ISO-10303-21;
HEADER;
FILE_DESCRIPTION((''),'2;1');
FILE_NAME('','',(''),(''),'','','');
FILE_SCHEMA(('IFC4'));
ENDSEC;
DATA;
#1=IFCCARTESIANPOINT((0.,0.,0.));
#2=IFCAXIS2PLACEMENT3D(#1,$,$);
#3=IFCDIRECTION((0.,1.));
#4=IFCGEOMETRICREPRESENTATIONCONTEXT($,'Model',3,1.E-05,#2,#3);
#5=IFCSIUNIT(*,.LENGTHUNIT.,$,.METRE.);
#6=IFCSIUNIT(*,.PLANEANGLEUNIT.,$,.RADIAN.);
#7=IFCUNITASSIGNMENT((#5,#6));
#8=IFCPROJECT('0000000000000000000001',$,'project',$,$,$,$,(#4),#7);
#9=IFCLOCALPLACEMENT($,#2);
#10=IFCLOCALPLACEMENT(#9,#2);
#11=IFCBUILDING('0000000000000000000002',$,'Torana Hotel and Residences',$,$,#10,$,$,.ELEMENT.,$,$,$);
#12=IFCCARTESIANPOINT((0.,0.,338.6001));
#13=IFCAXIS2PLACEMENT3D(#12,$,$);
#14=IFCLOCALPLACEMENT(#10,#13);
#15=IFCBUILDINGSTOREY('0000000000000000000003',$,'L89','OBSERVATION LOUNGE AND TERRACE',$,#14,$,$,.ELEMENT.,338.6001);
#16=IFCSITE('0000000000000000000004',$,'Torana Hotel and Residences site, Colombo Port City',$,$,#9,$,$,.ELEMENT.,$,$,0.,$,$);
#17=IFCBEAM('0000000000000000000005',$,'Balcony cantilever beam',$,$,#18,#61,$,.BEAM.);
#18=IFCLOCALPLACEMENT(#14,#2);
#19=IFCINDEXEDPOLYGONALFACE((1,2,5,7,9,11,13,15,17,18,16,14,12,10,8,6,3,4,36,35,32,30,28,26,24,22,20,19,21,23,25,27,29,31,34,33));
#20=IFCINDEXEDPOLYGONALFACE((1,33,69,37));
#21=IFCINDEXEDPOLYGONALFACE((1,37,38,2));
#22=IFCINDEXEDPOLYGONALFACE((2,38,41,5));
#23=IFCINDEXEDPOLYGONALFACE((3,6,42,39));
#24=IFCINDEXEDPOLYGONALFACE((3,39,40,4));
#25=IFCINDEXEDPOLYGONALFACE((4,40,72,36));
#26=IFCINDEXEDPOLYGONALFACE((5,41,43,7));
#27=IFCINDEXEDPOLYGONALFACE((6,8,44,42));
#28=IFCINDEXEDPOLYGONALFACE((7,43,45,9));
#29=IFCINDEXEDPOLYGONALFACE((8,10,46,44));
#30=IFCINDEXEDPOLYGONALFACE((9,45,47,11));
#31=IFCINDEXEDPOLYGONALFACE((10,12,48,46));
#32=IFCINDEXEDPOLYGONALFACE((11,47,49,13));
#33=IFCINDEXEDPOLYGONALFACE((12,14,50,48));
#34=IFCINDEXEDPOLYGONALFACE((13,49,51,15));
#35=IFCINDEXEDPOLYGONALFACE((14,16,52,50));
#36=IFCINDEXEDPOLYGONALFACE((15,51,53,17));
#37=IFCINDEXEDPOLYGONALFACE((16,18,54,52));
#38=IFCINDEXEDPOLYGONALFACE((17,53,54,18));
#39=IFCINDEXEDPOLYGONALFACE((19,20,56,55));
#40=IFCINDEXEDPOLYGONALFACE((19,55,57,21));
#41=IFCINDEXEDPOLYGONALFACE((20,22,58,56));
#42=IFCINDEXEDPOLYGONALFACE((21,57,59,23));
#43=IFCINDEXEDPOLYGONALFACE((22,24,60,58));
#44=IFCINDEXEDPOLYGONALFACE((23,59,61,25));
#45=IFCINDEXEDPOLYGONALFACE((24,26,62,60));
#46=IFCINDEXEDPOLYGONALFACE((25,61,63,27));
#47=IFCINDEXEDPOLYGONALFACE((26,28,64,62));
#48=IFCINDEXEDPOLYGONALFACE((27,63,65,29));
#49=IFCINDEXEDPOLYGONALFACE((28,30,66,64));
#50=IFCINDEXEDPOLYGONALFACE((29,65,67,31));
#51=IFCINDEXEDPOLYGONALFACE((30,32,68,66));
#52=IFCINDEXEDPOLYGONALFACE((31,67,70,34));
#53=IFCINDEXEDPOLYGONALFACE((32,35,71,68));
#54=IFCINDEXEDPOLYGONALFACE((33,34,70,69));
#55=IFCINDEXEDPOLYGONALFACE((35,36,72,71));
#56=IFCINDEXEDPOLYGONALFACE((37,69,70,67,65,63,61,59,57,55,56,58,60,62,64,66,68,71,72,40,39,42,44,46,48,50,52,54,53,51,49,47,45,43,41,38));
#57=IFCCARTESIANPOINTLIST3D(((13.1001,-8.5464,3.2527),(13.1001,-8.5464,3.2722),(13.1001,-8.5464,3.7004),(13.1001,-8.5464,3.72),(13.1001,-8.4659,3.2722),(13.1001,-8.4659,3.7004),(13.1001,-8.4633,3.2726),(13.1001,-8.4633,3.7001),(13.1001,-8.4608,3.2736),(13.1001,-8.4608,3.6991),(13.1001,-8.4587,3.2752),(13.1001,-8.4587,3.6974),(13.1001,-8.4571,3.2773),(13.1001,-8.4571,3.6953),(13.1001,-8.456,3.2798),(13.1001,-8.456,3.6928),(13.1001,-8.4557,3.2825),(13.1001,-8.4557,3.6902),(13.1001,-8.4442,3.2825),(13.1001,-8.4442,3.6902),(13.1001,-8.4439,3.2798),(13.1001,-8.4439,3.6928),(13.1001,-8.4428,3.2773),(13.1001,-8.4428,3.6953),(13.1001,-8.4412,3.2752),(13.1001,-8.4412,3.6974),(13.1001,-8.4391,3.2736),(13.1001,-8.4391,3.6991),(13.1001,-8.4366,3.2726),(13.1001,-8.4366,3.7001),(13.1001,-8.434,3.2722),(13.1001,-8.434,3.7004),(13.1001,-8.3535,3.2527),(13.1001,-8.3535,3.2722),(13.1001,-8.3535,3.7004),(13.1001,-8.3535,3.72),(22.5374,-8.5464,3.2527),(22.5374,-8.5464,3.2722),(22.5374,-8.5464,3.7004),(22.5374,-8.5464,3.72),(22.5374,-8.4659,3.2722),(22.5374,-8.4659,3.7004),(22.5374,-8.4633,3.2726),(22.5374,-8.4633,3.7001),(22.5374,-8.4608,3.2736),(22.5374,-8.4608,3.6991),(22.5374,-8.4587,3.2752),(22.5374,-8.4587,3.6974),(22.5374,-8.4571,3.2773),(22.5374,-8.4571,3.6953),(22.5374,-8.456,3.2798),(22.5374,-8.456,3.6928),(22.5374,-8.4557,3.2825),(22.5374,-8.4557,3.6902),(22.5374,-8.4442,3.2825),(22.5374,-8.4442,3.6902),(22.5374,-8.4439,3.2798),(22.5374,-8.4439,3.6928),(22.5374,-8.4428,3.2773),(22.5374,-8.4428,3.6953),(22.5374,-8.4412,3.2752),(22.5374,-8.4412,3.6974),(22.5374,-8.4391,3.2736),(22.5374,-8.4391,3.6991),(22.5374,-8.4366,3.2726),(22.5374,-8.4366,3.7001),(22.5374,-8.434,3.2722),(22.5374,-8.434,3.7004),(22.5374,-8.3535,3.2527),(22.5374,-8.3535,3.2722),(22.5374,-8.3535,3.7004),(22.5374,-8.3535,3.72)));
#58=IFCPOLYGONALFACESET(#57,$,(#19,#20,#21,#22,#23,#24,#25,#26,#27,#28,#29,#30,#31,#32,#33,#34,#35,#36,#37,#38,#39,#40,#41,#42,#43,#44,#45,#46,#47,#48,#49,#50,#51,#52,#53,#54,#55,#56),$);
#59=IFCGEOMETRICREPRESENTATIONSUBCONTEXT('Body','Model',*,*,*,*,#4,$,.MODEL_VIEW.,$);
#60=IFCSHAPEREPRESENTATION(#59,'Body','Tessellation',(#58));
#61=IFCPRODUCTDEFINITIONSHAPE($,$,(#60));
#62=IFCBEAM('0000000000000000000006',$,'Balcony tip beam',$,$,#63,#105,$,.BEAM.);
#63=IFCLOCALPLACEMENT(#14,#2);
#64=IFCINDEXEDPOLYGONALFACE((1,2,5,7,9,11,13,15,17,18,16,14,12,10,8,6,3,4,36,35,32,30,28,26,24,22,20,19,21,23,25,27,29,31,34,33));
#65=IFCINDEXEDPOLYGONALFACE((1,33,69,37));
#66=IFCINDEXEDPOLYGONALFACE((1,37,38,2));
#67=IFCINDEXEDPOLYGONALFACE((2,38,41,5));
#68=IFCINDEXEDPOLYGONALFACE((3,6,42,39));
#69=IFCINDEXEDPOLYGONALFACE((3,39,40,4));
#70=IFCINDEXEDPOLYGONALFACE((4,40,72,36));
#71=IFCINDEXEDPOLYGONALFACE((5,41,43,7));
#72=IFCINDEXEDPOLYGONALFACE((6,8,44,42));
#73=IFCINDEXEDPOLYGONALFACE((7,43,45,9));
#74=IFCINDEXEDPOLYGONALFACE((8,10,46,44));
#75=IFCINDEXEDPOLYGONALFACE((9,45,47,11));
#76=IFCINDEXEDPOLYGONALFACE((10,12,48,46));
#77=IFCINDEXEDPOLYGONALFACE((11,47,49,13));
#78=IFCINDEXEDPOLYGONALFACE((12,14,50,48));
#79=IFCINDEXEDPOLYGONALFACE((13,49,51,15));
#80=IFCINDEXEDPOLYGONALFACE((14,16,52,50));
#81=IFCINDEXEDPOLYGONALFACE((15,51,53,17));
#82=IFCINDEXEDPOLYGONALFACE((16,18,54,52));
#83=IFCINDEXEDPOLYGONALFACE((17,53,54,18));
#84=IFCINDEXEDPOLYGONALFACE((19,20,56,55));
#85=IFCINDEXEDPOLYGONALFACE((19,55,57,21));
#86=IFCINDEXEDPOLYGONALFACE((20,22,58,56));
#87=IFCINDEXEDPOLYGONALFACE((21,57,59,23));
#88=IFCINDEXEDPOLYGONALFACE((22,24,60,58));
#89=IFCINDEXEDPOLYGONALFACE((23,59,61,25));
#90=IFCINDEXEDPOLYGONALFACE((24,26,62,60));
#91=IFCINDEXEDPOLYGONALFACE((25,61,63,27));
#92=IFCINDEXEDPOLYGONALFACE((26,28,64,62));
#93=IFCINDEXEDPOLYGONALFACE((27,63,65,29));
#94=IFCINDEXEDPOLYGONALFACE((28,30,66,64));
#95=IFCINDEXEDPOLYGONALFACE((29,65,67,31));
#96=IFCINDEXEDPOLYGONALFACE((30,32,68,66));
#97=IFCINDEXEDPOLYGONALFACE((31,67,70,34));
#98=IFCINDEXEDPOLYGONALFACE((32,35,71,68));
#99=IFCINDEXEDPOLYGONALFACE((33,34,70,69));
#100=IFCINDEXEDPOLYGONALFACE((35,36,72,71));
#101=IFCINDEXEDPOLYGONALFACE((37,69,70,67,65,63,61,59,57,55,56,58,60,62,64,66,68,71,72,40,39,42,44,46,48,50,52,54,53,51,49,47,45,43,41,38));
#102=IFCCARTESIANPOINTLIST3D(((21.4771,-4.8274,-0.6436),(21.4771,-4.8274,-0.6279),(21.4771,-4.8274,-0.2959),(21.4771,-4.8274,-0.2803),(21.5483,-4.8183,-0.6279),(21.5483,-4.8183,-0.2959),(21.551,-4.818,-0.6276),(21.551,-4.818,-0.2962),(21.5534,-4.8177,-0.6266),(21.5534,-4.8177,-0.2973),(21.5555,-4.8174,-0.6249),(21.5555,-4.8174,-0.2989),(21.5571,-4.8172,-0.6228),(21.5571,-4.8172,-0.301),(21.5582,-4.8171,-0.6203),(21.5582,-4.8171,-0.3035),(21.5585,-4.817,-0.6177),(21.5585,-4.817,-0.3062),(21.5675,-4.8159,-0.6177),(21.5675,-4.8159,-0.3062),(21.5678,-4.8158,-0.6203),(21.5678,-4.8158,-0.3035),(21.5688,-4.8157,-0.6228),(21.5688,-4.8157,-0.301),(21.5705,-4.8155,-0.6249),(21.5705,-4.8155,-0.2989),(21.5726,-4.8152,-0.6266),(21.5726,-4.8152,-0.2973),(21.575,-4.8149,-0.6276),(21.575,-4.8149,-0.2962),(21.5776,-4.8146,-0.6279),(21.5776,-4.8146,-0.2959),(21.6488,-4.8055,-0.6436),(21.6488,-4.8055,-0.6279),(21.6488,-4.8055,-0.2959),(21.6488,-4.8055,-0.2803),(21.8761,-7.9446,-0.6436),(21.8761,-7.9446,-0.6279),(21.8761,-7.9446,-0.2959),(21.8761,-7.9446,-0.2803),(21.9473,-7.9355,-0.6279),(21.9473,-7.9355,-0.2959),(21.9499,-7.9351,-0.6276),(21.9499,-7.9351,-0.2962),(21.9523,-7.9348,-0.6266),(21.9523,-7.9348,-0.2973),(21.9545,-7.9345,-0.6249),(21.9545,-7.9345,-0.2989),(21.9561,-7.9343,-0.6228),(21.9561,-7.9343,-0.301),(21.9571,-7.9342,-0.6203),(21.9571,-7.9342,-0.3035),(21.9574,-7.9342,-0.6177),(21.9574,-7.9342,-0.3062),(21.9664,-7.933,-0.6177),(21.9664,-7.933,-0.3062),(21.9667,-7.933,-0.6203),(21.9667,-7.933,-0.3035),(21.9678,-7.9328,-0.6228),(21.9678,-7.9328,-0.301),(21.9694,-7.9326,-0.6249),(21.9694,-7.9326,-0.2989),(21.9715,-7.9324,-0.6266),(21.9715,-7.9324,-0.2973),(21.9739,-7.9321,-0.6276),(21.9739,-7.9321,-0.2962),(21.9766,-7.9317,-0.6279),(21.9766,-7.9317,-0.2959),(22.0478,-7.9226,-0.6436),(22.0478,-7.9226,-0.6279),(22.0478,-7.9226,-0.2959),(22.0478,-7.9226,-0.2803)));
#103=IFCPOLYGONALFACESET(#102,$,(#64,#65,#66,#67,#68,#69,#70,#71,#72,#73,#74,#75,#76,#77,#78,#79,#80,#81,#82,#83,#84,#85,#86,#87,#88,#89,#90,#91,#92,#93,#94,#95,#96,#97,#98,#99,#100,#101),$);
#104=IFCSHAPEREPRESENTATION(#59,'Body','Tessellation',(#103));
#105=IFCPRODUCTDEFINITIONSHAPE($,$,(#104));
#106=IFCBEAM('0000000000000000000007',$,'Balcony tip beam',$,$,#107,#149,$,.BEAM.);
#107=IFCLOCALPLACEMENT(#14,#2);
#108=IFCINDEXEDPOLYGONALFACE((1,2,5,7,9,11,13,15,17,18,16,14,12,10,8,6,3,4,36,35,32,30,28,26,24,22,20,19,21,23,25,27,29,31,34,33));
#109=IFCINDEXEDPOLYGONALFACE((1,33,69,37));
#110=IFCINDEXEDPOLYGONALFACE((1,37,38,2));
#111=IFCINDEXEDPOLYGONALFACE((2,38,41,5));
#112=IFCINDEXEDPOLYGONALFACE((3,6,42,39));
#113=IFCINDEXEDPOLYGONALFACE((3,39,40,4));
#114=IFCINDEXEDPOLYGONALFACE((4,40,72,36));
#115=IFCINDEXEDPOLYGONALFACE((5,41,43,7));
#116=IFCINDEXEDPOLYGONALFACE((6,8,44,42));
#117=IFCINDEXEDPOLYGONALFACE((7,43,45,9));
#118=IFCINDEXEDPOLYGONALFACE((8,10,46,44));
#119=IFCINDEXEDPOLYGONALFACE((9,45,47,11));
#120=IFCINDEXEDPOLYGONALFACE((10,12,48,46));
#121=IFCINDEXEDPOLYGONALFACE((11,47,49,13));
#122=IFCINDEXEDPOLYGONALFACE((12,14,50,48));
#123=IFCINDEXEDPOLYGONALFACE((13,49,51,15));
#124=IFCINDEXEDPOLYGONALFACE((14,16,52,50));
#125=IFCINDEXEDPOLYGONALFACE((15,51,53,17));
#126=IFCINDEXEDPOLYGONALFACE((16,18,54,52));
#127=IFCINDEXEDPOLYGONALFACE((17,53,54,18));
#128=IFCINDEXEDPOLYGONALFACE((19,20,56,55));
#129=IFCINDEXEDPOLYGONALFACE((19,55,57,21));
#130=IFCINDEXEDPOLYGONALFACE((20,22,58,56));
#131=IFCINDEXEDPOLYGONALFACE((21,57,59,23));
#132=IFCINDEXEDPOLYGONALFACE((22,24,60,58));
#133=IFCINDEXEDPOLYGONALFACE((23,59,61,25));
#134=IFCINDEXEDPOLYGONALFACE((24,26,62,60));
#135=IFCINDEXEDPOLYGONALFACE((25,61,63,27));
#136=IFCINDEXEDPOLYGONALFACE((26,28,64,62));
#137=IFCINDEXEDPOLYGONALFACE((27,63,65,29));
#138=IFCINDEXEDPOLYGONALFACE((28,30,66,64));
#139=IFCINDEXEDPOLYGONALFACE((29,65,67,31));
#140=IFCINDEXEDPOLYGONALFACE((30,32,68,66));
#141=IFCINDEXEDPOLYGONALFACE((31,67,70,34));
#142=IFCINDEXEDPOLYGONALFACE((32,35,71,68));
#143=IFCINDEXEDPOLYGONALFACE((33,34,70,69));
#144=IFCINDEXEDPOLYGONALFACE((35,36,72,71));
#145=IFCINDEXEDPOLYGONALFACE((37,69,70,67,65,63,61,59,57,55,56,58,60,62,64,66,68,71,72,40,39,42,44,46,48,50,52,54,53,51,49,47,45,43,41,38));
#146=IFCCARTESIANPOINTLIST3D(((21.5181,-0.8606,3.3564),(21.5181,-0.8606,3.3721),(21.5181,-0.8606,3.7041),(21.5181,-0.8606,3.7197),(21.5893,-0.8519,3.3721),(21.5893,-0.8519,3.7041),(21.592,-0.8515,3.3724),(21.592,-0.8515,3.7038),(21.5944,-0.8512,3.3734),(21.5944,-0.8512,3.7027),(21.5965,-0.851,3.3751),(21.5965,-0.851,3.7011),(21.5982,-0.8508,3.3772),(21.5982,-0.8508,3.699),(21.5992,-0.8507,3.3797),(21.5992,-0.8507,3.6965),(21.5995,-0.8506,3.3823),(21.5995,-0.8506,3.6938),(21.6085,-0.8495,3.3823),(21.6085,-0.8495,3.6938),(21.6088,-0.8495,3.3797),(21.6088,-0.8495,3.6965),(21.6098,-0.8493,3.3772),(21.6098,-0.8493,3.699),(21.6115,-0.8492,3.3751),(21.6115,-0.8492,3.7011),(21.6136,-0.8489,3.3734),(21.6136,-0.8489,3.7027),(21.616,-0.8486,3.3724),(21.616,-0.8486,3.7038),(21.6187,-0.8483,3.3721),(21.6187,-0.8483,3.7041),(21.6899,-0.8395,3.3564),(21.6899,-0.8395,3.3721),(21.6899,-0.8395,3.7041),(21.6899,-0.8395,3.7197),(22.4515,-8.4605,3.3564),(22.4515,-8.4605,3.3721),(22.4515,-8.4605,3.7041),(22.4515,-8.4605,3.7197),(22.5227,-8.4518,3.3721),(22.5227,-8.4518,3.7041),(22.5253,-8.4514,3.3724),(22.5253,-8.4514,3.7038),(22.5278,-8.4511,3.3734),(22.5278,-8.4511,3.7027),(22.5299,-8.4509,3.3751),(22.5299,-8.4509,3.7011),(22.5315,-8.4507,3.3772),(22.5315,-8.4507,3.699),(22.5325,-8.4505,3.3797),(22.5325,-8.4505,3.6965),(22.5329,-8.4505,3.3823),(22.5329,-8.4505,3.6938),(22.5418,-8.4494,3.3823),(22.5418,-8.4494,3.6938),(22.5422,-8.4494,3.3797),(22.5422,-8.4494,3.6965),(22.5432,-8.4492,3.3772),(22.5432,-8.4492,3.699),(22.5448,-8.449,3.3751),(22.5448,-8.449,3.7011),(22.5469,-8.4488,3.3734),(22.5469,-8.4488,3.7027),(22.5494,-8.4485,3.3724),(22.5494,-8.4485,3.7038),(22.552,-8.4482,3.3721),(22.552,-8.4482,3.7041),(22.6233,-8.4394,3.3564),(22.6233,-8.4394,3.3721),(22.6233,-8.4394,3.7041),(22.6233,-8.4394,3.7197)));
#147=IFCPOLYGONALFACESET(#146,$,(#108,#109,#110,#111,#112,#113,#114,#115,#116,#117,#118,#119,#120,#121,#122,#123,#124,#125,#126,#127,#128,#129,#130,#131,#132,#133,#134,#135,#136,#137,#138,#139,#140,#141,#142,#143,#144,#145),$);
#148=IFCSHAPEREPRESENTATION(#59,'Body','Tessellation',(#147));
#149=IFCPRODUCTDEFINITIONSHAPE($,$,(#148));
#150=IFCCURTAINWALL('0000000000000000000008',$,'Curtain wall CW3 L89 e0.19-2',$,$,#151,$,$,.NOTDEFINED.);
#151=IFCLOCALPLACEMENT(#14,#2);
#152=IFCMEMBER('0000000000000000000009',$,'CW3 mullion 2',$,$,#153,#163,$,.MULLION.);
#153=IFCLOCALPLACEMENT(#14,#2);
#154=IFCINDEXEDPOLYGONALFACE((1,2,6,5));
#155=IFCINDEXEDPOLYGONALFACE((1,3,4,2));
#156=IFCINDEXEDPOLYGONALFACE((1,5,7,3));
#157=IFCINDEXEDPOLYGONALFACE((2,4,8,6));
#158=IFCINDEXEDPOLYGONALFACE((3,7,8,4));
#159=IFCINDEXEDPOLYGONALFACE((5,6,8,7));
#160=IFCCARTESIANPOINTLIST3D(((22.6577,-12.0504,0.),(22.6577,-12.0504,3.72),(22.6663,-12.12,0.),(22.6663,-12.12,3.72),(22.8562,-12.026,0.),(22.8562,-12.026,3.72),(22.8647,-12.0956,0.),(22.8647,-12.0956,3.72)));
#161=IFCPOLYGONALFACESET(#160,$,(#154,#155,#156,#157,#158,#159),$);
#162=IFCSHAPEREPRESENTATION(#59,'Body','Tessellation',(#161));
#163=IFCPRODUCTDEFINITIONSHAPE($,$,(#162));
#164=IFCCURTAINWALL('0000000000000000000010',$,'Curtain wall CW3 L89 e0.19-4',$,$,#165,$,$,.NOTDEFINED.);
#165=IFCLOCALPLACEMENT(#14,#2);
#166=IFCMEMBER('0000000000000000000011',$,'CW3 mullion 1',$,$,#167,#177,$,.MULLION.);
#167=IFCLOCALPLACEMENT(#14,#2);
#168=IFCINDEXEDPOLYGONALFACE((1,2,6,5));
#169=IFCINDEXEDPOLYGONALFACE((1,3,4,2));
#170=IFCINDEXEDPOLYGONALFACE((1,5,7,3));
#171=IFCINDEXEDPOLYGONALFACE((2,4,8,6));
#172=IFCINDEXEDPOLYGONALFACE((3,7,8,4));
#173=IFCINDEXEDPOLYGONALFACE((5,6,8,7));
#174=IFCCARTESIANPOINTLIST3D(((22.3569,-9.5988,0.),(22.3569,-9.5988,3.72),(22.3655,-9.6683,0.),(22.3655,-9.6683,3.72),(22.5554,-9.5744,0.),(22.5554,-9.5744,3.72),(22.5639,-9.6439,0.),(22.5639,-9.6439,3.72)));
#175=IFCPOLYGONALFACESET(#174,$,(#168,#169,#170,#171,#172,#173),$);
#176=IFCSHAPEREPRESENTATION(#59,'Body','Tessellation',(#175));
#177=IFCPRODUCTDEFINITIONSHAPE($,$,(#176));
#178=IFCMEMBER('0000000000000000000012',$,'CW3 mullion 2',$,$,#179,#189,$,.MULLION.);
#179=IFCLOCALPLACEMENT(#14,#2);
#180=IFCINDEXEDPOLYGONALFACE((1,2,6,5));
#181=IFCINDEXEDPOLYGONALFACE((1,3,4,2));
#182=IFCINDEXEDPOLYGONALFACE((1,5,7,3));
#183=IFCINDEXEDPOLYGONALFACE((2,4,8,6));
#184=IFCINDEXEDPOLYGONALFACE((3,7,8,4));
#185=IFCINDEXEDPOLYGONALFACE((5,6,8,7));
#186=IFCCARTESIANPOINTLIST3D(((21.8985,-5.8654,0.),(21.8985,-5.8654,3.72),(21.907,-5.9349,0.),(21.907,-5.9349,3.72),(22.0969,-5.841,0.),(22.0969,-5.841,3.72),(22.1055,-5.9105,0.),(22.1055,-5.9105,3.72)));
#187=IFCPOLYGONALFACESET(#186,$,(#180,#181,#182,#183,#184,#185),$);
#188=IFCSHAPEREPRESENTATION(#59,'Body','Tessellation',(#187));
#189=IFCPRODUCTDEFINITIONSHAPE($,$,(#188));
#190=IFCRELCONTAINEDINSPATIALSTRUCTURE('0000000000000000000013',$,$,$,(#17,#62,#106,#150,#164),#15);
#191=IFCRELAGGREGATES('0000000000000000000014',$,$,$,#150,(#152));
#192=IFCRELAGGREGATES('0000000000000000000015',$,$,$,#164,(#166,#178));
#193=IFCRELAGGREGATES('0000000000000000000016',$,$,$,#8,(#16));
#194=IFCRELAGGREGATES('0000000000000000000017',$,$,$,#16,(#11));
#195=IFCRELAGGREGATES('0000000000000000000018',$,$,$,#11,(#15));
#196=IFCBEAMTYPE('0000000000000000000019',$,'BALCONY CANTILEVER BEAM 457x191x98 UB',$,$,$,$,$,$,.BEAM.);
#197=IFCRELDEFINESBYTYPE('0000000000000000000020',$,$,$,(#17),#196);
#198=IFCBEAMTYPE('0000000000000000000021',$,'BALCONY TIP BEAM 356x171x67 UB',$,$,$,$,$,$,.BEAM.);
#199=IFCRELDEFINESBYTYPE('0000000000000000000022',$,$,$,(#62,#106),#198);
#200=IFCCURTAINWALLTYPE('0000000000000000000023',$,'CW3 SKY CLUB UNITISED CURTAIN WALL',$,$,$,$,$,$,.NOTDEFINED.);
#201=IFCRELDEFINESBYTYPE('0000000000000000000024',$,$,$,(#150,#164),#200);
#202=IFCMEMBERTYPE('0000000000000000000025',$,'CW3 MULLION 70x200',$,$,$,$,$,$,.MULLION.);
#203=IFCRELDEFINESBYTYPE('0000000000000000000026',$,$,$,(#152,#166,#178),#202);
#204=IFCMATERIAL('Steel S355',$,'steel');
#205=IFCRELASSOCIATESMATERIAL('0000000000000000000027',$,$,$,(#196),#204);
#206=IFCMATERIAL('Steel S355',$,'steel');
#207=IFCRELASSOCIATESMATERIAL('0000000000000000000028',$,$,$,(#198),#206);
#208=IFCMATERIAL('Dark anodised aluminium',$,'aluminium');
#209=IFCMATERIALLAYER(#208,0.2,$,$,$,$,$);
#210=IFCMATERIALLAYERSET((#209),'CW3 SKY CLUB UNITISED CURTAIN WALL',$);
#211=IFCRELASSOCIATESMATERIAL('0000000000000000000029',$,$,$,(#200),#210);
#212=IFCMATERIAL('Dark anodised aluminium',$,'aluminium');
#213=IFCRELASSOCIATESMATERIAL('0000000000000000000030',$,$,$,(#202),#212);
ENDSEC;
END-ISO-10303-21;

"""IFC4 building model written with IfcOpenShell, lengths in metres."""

from ifc_helpers import new_model, si_unit, direction, frame, origin, origin_2d, place, context, subcontext, project, spatial, rectangle, i_section, extrude, material, layer, layer_set, material_profile, profile_set, type_object, element, aggregate, save


model = new_model("IFC4")

# Units and contexts
model_context = context("Model", 3, precision=1e-05, world=origin(), true_north=direction((0.0, 1.0)))
body_context = subcontext(model_context, "Body", "Model", "MODEL_VIEW")
ifc_project = project(units=[si_unit("LENGTHUNIT", "METRE"), si_unit("PLANEANGLEUNIT", "RADIAN")], contexts=[model_context])

# Site, building, storey
site_placement = place(None, origin())
site = spatial("IfcSite", under=ifc_project, at=site_placement, Name="Torana Hotel and Residences site, Colombo Port City", CompositionType="ELEMENT", RefElevation=0.0)
building_placement = place(site_placement, origin())
building = spatial("IfcBuilding", under=site, at=building_placement, Name="Torana Hotel and Residences", CompositionType="ELEMENT")
storey_placement = place(building_placement, frame((0.0, 0.0, 338.6001)))
storey = spatial("IfcBuildingStorey", under=building, at=storey_placement, Name="L89", Description="OBSERVATION LOUNGE AND TERRACE", CompositionType="ELEMENT", Elevation=338.6001)

# Beams
ifc_material_1 = material(Name="Steel S355", Category="steel")
ifc_material_profile_1 = material_profile(ifc_material_1, i_section(OverallWidth=0.1929, OverallDepth=0.4673, WebThickness=0.0115, FlangeThickness=0.0195, FilletRadius=0.0103, at=origin_2d()), Name="457x191x98 UB")
ifc_profile_set_1 = profile_set([ifc_material_profile_1], Name="Steel S355")
beam_type_1 = type_object("IfcBeamType", Name="BALCONY CANTILEVER BEAM 457x191x98 UB", PredefinedType="BEAM", material=ifc_profile_set_1)
beam_1_placement = place(storey_placement, frame((22.5374, -8.45, 3.4863), z_axis=(-1.0, 0.0, 0.0), x_axis=(0.0, -1.0, 0.0)))
element("IfcBeam", 1, at=beam_1_placement, inside=storey, type_object=beam_type_1, Name="Balcony cantilever beam", PredefinedType="BEAM", context=body_context, shape_type="SweptSolid", body=[
    extrude(i_section(OverallWidth=0.1929, OverallDepth=0.4673, WebThickness=0.0115, FlangeThickness=0.0195, FilletRadius=0.0103, at=origin_2d()), origin(), (0.0, 0.0, 1.0), 9.4373),
])
ifc_material_2 = material(Name="Steel S355", Category="steel")
ifc_material_profile_2 = material_profile(ifc_material_2, i_section(OverallWidth=0.1731, OverallDepth=0.3633, WebThickness=0.009, FlangeThickness=0.0156, FilletRadius=0.0103, at=origin_2d()), Name="356x171x67 UB")
ifc_profile_set_2 = profile_set([ifc_material_profile_2], Name="Steel S355")
beam_type_2 = type_object("IfcBeamType", Name="BALCONY TIP BEAM 356x171x67 UB", PredefinedType="BEAM", material=ifc_profile_set_2)
beam_2_placement = place(storey_placement, frame((21.9619, -7.9336, -0.4619), z_axis=(-0.126941, 0.99191, 0.0), x_axis=(-0.99191, -0.126941, 0.0)))
element("IfcBeam", 2, at=beam_2_placement, inside=storey, type_object=beam_type_2, Name="Balcony tip beam", PredefinedType="BEAM", context=body_context, shape_type="SweptSolid", body=[
    extrude(i_section(OverallWidth=0.1731, OverallDepth=0.3633, WebThickness=0.009, FlangeThickness=0.0156, FilletRadius=0.0103, at=origin_2d()), origin(), (0.0, 0.0, 1.0), 3.1426),
])
beam_3_placement = place(storey_placement, frame((22.5374, -8.45, 3.5381), z_axis=(-0.121896, 0.992543, 0.0), x_axis=(-0.992543, -0.121896, 0.0)))
element("IfcBeam", 3, at=beam_3_placement, inside=storey, type_object=beam_type_2, Name="Balcony tip beam", PredefinedType="BEAM", context=body_context, shape_type="SweptSolid", body=[
    extrude(i_section(OverallWidth=0.1731, OverallDepth=0.3633, WebThickness=0.009, FlangeThickness=0.0156, FilletRadius=0.0103, at=origin_2d()), origin(), (0.0, 0.0, 1.0), 7.657),
])

# Curtain wall, member
ifc_material_3 = material(Name="Dark anodised aluminium", Category="aluminium")
ifc_layer_1 = layer(ifc_material_3, 0.2)
ifc_layer_set_1 = layer_set([ifc_layer_1], Name="CW3 SKY CLUB UNITISED CURTAIN WALL")
curtain_wall_type = type_object("IfcCurtainWallType", Name="CW3 SKY CLUB UNITISED CURTAIN WALL", PredefinedType="NOTDEFINED", material=ifc_layer_set_1)
curtain_wall_1_placement = place(storey_placement, origin())
curtain_wall_1 = element("IfcCurtainWall", 4, at=curtain_wall_1_placement, inside=storey, type_object=curtain_wall_type, Name="Curtain wall CW3 L89 e0.19-2", PredefinedType="NOTDEFINED")
ifc_material_4 = material(Name="Dark anodised aluminium", Category="aluminium")
ifc_material_profile_3 = material_profile(ifc_material_4, rectangle(XDim=0.2, YDim=0.0701, at=origin_2d()), Name="CW3 MULLION 70x200")
ifc_profile_set_3 = profile_set([ifc_material_profile_3], Name="Dark anodised aluminium")
member_type_1 = type_object("IfcMemberType", Name="CW3 MULLION 70x200", PredefinedType="MULLION", material=ifc_profile_set_3)
member_1_placement = place(storey_placement, frame((22.7612, -12.073, 0.0), z_axis=(0.0, 0.0, 1.0), x_axis=(-0.992541, -0.121913, 0.0)))
member_1 = element("IfcMember", 5, at=member_1_placement, type_object=member_type_1, Name="CW3 mullion 2", PredefinedType="MULLION", context=body_context, shape_type="SweptSolid", body=[
    extrude(rectangle(XDim=0.2, YDim=0.0701, at=origin_2d()), origin(), (0.0, 0.0, 1.0), 3.72),
])
aggregate(curtain_wall_1, [member_1])

# Curtain wall, members
curtain_wall_2_placement = place(storey_placement, origin())
curtain_wall_2 = element("IfcCurtainWall", 6, at=curtain_wall_2_placement, inside=storey, type_object=curtain_wall_type, Name="Curtain wall CW3 L89 e0.19-4", PredefinedType="NOTDEFINED")
member_2_placement = place(storey_placement, frame((22.4604, -9.6213, 0.0), z_axis=(0.0, 0.0, 1.0), x_axis=(-0.992544, -0.121885, 0.0)))
member_2 = element("IfcMember", 7, at=member_2_placement, type_object=member_type_1, Name="CW3 mullion 1", PredefinedType="MULLION", context=body_context, shape_type="SweptSolid", body=[
    extrude(rectangle(XDim=0.2, YDim=0.0701, at=origin_2d()), origin(), (0.0, 0.0, 1.0), 3.72),
])
member_3_placement = place(storey_placement, frame((22.002, -5.8879, 0.0), z_axis=(0.0, 0.0, 1.0), x_axis=(-0.992544, -0.121885, 0.0)))
member_3 = element("IfcMember", 8, at=member_3_placement, type_object=member_type_1, Name="CW3 mullion 2", PredefinedType="MULLION", context=body_context, shape_type="SweptSolid", body=[
    extrude(rectangle(XDim=0.2, YDim=0.0701, at=origin_2d()), origin(), (0.0, 0.0, 1.0), 3.72),
])
aggregate(curtain_wall_2, [member_2, member_3])

save(model, "model.ifc")
